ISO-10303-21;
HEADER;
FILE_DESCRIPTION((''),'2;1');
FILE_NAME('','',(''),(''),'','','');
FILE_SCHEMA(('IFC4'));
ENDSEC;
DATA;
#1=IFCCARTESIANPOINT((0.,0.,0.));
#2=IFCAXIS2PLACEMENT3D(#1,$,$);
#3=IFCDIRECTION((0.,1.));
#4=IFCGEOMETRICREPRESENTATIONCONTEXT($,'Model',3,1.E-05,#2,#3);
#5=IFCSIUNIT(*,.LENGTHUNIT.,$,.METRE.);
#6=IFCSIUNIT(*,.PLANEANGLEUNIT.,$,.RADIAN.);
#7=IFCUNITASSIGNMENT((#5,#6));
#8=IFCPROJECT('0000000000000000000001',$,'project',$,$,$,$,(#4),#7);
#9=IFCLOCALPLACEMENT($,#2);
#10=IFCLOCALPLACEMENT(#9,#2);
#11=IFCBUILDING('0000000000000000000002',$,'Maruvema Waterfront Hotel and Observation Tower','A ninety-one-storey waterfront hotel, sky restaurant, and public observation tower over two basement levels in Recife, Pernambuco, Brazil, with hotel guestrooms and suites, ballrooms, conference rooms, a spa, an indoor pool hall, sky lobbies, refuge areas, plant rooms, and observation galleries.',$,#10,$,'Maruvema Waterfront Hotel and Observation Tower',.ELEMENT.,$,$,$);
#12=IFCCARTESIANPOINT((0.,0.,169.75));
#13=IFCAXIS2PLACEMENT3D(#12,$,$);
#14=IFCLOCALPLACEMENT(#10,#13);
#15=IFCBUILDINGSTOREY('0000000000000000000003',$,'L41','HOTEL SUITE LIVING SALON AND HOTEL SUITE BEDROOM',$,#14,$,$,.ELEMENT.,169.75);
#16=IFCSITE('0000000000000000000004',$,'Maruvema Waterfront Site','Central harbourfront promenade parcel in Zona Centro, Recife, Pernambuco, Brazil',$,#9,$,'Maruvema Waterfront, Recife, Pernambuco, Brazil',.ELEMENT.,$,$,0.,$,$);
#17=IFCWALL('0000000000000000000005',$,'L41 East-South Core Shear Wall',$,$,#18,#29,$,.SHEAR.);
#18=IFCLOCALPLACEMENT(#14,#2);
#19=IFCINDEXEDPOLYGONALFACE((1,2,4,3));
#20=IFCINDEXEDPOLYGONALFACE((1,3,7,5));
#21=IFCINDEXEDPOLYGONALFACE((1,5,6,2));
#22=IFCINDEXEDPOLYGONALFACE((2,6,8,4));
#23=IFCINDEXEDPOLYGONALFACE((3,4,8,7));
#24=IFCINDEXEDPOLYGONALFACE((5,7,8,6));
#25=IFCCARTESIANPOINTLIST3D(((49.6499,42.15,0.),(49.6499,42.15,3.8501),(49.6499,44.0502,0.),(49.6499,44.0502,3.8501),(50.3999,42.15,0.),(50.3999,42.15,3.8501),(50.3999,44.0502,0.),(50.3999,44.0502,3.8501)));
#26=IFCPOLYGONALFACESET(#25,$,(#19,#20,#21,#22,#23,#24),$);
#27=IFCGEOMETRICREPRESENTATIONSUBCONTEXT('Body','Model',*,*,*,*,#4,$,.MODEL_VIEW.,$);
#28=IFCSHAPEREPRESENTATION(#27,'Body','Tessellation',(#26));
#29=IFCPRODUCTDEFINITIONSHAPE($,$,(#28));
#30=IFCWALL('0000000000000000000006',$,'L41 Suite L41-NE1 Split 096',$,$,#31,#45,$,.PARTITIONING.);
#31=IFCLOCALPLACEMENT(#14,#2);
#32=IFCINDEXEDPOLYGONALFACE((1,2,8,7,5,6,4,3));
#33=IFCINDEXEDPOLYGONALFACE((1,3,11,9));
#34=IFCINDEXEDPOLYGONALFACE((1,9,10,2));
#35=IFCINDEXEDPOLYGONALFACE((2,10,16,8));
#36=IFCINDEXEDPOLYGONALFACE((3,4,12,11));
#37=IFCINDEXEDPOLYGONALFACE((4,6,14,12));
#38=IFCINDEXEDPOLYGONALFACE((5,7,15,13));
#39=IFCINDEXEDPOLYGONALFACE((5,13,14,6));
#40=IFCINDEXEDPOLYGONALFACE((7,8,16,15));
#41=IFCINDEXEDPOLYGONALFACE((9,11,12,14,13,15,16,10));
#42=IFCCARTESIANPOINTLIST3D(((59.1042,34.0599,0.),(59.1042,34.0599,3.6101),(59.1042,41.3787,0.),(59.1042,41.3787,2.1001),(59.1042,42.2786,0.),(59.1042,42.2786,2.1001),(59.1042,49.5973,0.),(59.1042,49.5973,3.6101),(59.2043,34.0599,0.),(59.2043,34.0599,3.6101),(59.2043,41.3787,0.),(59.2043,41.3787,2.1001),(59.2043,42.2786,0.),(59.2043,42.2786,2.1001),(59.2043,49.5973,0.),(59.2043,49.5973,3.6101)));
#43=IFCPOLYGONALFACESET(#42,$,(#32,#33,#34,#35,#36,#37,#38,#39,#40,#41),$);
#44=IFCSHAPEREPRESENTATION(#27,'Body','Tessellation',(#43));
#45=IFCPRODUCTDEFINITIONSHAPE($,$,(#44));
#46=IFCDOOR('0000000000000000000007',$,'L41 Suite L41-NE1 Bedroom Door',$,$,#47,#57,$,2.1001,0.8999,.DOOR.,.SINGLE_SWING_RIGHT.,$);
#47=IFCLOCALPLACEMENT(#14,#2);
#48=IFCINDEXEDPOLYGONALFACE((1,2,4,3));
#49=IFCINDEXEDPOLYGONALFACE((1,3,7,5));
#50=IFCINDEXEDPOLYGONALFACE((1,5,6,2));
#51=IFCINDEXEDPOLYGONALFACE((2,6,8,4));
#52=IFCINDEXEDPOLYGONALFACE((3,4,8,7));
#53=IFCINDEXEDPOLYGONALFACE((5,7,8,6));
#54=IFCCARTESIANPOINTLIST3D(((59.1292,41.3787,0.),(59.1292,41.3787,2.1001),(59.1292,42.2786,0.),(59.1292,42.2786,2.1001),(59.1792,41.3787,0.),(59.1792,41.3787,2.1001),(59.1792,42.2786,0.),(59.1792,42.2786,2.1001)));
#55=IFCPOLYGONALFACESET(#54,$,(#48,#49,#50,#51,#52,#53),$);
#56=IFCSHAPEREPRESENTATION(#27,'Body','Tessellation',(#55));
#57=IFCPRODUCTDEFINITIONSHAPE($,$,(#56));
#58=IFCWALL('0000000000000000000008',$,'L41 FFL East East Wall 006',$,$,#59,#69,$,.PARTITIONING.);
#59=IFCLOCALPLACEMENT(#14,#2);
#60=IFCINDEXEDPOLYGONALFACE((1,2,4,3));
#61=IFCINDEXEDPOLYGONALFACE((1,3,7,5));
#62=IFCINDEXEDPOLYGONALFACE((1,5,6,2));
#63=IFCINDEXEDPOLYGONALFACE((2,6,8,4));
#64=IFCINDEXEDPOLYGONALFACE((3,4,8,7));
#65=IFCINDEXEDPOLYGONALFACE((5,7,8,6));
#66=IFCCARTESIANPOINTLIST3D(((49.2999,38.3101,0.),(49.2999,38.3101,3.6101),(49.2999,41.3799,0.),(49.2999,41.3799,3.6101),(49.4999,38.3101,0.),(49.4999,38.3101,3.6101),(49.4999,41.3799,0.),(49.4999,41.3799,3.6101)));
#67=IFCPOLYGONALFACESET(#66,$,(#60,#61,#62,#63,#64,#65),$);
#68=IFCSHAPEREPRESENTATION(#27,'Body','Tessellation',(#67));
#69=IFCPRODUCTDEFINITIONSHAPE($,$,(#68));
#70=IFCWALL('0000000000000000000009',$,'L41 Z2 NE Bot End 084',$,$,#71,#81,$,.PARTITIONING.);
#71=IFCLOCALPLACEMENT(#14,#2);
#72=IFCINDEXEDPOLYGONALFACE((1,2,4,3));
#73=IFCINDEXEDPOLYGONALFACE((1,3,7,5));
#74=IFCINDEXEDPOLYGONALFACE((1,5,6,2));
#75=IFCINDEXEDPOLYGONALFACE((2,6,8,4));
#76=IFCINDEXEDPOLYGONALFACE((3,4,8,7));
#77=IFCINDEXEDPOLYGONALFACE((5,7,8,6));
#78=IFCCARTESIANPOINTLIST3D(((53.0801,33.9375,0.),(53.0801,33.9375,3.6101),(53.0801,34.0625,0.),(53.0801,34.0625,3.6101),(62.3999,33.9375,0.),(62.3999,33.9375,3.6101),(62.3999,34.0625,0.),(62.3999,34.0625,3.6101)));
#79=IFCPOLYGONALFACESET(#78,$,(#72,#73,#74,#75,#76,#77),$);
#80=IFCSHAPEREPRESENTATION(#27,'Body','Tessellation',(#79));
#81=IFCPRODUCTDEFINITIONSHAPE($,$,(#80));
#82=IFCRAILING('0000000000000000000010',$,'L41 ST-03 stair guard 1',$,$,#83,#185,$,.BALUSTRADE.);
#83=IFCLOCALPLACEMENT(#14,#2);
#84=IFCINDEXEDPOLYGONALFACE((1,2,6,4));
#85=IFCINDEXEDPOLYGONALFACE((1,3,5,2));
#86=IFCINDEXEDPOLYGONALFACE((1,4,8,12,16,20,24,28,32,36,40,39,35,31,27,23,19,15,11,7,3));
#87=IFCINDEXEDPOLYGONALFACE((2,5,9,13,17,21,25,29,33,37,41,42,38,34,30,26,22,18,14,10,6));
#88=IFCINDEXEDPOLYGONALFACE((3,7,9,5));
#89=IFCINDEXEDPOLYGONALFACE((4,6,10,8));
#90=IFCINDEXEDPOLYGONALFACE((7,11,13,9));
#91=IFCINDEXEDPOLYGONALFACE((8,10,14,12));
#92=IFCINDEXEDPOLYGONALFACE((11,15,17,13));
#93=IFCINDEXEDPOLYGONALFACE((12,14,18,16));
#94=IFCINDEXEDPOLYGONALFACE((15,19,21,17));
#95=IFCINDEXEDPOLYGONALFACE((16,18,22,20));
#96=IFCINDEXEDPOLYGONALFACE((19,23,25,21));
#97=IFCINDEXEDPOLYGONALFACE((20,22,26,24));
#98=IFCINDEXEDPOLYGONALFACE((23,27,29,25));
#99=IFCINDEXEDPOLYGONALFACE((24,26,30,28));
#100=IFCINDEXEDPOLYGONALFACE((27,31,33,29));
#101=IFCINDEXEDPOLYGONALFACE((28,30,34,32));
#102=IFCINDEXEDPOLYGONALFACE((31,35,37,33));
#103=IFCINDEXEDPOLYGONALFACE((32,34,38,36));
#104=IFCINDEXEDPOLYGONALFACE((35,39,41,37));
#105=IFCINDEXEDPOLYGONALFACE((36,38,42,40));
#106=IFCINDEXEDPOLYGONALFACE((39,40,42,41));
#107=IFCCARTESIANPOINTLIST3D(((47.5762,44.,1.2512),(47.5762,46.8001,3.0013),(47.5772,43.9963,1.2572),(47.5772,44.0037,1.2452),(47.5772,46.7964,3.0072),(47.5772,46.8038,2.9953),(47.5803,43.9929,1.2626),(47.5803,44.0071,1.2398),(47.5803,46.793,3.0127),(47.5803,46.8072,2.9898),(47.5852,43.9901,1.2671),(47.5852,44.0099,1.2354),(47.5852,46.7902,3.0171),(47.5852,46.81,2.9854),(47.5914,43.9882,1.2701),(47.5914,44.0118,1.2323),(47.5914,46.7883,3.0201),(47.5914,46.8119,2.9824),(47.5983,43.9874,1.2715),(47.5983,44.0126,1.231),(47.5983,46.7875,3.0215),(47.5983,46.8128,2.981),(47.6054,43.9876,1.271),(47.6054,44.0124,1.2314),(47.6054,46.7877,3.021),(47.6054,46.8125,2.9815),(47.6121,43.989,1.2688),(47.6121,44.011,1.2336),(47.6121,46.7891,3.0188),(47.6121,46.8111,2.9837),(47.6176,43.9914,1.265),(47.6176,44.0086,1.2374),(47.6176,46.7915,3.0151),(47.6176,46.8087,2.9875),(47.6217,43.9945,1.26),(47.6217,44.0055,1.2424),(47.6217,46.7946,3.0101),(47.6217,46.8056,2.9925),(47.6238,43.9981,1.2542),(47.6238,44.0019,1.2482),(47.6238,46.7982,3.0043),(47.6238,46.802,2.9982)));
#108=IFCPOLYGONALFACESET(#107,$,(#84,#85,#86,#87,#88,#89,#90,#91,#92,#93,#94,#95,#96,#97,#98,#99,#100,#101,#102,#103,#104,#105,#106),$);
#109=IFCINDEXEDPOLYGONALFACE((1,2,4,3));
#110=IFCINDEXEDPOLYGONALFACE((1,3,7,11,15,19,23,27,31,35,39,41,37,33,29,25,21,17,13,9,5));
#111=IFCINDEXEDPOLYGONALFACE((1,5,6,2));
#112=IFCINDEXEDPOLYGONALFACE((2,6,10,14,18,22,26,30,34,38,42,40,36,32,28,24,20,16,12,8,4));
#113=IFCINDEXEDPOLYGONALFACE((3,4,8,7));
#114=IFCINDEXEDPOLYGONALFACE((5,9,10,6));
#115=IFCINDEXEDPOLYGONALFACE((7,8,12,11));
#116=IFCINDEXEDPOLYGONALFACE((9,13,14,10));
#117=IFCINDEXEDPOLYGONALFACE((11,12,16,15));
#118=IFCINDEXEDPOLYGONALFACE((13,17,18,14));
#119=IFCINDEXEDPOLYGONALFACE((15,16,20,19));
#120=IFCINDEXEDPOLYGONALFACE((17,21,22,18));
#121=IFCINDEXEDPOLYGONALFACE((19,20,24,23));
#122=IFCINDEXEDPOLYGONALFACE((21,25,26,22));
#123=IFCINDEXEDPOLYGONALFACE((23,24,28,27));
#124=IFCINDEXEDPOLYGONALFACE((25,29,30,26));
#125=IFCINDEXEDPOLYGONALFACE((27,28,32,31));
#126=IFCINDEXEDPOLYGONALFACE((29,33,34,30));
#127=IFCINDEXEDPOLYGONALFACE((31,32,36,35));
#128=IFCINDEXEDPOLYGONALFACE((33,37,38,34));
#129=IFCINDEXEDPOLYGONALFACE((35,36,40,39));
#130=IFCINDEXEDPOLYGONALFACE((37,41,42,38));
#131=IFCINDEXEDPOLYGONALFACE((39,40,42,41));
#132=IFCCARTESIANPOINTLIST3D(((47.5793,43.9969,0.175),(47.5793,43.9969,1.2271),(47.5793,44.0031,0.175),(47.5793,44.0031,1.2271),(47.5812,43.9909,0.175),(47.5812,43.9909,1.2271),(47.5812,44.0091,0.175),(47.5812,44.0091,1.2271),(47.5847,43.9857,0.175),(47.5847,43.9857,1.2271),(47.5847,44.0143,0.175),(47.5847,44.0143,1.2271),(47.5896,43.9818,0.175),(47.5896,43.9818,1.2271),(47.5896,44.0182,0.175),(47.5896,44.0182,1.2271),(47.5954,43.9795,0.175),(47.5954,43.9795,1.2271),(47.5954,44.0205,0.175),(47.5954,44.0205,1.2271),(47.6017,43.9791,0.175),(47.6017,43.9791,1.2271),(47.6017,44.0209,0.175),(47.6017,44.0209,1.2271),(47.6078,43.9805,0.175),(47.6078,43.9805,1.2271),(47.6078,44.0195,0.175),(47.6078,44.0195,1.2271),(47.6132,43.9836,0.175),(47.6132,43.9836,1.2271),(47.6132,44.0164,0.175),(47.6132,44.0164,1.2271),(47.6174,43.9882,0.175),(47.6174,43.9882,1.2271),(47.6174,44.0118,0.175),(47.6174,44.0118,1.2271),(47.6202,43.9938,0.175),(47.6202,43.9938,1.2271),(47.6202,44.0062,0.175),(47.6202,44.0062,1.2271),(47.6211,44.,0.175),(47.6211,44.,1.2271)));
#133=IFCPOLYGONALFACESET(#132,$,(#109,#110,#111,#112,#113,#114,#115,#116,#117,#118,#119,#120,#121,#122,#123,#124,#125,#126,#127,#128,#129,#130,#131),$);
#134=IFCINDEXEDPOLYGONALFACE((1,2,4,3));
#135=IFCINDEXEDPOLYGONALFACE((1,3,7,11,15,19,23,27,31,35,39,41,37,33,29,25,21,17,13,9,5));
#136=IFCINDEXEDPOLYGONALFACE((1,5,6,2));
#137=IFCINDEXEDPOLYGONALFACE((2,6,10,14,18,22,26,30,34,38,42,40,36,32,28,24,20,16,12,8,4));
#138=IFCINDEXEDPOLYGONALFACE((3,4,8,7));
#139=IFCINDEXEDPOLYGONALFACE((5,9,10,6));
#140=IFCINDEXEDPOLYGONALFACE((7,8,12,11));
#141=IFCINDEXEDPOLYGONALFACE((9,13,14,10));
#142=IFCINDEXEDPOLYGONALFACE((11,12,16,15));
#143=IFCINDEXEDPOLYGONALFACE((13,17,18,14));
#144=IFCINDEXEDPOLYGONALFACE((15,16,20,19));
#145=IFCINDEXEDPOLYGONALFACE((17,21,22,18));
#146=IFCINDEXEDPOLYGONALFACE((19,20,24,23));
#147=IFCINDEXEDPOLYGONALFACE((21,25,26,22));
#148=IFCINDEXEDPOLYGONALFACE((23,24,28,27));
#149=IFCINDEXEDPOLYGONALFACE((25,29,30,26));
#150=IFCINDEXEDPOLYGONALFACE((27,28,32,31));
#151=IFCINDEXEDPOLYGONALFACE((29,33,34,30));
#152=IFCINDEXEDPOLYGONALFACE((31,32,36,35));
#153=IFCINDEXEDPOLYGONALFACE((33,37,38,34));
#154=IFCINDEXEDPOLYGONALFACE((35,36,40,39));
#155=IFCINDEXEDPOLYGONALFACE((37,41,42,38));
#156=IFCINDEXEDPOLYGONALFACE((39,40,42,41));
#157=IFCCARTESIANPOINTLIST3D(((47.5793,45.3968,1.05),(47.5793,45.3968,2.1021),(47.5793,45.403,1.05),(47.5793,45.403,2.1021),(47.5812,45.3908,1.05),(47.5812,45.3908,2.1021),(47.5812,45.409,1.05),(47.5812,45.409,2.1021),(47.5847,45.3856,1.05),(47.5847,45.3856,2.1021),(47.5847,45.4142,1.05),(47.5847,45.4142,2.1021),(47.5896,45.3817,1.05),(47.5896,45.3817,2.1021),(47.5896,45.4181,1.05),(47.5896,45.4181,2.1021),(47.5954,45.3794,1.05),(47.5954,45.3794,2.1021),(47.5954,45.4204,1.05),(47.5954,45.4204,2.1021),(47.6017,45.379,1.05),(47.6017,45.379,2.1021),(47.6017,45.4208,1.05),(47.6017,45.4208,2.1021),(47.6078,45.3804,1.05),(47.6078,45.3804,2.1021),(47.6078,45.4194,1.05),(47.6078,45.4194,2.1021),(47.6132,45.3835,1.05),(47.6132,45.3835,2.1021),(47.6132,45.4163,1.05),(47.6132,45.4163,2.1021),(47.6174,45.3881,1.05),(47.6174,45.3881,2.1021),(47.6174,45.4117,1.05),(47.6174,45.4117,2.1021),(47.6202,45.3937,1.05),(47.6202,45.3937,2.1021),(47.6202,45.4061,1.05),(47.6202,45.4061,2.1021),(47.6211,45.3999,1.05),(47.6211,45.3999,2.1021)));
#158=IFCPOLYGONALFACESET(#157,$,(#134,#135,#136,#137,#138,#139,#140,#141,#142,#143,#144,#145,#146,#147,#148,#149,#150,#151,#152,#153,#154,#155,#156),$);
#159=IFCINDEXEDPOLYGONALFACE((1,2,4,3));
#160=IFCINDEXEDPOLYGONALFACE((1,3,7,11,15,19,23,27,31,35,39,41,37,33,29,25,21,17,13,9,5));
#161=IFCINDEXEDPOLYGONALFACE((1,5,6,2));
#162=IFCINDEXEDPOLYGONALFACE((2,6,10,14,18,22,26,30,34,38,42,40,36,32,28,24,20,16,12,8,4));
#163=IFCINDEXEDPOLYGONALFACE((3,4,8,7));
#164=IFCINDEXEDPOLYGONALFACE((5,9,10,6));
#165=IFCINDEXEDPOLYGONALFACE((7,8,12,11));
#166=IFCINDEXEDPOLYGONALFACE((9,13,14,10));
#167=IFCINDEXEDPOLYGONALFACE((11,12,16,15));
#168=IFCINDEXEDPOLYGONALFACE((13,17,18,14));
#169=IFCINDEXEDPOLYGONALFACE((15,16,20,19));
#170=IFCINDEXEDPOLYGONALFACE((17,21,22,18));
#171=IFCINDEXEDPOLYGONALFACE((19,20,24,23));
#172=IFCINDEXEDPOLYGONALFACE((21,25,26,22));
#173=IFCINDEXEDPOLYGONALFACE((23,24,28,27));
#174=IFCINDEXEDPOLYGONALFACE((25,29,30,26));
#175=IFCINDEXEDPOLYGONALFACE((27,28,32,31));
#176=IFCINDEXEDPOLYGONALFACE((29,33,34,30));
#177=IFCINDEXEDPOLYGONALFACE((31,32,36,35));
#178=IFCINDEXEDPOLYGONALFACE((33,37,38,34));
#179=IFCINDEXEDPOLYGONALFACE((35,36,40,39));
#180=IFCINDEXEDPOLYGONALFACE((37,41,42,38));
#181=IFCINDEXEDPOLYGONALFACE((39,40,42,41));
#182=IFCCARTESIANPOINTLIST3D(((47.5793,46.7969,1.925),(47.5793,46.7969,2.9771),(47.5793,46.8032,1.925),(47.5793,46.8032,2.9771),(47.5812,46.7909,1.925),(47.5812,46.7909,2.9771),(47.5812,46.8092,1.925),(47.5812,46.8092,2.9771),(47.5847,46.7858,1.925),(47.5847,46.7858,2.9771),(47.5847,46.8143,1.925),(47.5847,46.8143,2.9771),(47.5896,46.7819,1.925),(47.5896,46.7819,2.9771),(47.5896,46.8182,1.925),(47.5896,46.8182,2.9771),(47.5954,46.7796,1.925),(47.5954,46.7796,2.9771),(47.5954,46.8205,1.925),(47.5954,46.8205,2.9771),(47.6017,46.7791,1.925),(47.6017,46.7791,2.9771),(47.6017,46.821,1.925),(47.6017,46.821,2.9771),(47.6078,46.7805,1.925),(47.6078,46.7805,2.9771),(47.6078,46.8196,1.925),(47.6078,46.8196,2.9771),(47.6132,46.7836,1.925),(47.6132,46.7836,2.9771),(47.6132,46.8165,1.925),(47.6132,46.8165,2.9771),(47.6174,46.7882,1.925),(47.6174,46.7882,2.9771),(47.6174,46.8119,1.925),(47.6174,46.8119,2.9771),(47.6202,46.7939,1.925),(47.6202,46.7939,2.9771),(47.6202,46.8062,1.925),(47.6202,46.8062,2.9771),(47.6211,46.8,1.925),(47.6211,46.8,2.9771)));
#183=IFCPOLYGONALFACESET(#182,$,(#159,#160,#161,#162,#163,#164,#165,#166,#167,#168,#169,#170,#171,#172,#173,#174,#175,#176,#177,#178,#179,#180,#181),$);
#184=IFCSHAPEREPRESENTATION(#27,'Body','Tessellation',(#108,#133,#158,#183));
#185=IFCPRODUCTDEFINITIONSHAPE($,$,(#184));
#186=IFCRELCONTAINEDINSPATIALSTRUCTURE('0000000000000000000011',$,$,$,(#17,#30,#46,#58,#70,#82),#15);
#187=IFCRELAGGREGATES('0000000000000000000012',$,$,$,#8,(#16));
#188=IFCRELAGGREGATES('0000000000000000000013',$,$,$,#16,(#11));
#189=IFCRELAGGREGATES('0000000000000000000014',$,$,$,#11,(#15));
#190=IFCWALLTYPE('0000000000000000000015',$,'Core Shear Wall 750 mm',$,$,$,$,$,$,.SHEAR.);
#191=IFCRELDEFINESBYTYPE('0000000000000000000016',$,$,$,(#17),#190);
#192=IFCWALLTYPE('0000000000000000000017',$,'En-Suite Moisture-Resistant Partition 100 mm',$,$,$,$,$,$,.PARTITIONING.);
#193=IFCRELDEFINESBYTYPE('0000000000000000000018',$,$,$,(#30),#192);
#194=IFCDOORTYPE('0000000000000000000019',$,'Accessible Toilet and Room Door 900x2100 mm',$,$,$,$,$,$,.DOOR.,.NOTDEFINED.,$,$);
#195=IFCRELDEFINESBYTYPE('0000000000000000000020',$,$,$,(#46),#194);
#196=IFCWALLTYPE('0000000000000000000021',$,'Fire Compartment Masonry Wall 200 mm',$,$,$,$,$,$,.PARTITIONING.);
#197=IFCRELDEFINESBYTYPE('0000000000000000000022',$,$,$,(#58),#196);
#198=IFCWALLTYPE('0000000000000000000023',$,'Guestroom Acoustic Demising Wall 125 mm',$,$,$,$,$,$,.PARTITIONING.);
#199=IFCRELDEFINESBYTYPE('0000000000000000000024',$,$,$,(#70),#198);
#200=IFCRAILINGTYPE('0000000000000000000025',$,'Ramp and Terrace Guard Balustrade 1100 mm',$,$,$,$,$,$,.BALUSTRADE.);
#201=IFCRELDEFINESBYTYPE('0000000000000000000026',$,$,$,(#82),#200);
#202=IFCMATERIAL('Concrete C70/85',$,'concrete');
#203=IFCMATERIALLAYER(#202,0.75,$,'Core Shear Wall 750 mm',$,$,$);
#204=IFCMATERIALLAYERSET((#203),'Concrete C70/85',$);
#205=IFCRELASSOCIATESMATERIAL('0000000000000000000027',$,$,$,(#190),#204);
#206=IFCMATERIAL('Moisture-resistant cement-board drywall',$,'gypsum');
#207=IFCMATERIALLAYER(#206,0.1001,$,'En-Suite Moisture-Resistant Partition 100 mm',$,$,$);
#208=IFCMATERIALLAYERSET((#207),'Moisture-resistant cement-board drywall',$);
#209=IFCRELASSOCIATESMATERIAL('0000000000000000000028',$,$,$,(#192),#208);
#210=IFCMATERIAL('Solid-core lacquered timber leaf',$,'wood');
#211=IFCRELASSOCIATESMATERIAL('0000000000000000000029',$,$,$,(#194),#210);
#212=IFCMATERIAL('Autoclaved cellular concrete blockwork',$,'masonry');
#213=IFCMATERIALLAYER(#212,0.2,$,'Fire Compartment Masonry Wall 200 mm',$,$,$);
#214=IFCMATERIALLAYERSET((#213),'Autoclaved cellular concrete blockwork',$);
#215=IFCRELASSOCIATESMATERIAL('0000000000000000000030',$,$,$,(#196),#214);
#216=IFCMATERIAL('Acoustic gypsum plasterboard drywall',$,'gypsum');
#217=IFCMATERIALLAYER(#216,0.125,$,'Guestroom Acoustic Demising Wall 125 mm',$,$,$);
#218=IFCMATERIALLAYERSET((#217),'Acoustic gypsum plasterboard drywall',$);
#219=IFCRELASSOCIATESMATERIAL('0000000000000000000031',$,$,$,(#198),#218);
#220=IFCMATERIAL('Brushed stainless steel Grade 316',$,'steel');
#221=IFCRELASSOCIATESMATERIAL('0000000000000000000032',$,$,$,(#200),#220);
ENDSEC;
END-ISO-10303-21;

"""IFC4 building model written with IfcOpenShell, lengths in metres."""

from ifc_helpers import new_model, si_unit, direction, frame, frame_2d, origin, origin_2d, place, context, subcontext, project, spatial, rectangle, circle, extrude, material, layer, layer_set, type_object, element, fill, save


model = new_model("IFC4")

# Units and contexts
model_context = context("Model", 3, precision=1e-05, world=origin(), true_north=direction((0.0, 1.0)))
body_context = subcontext(model_context, "Body", "Model", "MODEL_VIEW")
ifc_project = project(units=[si_unit("LENGTHUNIT", "METRE"), si_unit("PLANEANGLEUNIT", "RADIAN")], contexts=[model_context])

# Site, building, storey
site_placement = place(None, origin())
site = spatial("IfcSite", under=ifc_project, at=site_placement, Name="Maruvema Waterfront Site", Description="Central harbourfront promenade parcel in Zona Centro, Recife, Pernambuco, Brazil", LongName="Maruvema Waterfront, Recife, Pernambuco, Brazil", CompositionType="ELEMENT", RefElevation=0.0)
building_placement = place(site_placement, origin())
building = spatial("IfcBuilding", under=site, at=building_placement, Name="Maruvema Waterfront Hotel and Observation Tower", Description="A ninety-one-storey waterfront hotel, sky restaurant, and public observation tower over two basement levels in Recife, Pernambuco, Brazil, with hotel guestrooms and suites, ballrooms, conference rooms, a spa, an indoor pool hall, sky lobbies, refuge areas, plant rooms, and observation galleries.", LongName="Maruvema Waterfront Hotel and Observation Tower", CompositionType="ELEMENT")
storey_placement = place(building_placement, frame((0.0, 0.0, 169.75)))
storey = spatial("IfcBuildingStorey", under=building, at=storey_placement, Name="L41", Description="HOTEL SUITE LIVING SALON AND HOTEL SUITE BEDROOM", CompositionType="ELEMENT", Elevation=169.75)

# Wall
ifc_material_1 = material(Name="Concrete C70/85", Category="concrete")
ifc_layer_1 = layer(ifc_material_1, 0.75, Name="Core Shear Wall 750 mm")
ifc_layer_set_1 = layer_set([ifc_layer_1], Name="Concrete C70/85")
wall_type_1 = type_object("IfcWallType", Name="Core Shear Wall 750 mm", PredefinedType="SHEAR", material=ifc_layer_set_1)
wall_1_placement = place(storey_placement, frame((50.0249, 42.1499, 0.0), z_axis=(0.0, 0.0, 1.0), x_axis=(0.0, 1.0, 0.0)))
element("IfcWall", 1, at=wall_1_placement, inside=storey, type_object=wall_type_1, Name="L41 East-South Core Shear Wall", PredefinedType="SHEAR", context=body_context, shape_type="SweptSolid", body=[
    extrude(rectangle(XDim=1.9001, YDim=0.75, at=frame_2d((0.9502, 0.0))), origin(), (0.0, 0.0, 1.0), 3.8501),
])

# Wall, opening, door
ifc_material_2 = material(Name="Moisture-resistant cement-board drywall", Category="gypsum")
ifc_layer_2 = layer(ifc_material_2, 0.1001, Name="En-Suite Moisture-Resistant Partition 100 mm")
ifc_layer_set_2 = layer_set([ifc_layer_2], Name="Moisture-resistant cement-board drywall")
wall_type_2 = type_object("IfcWallType", Name="En-Suite Moisture-Resistant Partition 100 mm", PredefinedType="PARTITIONING", material=ifc_layer_set_2)
wall_2_placement = place(storey_placement, frame((59.1543, 34.0601, 0.0), z_axis=(0.0, 0.0, 1.0), x_axis=(0.0, 1.0, 0.0)))
wall_2 = element("IfcWall", 2, at=wall_2_placement, inside=storey, type_object=wall_type_2, Name="L41 Suite L41-NE1 Split 096", PredefinedType="PARTITIONING", context=body_context, shape_type="SweptSolid", body=[
    extrude(rectangle(XDim=15.5374, YDim=0.1001, at=frame_2d((7.7686, 0.0))), origin(), (0.0, 0.0, 1.0), 3.6101),
])
opening_1_placement = place(wall_2_placement, frame((7.3186, 0.0, 0.0)))
opening_1 = element("IfcOpeningElement", 3, at=opening_1_placement, cuts=wall_2, PredefinedType="OPENING", context=body_context, shape_type="SweptSolid", body=[
    extrude(rectangle(XDim=0.8999, YDim=2.1001, at=frame_2d((0.45, 1.05))), frame((0.0, 0.0601, 0.0), z_axis=(0.0, -1.0, 0.0), x_axis=(1.0, 0.0, 0.0)), (0.0, 0.0, 1.0), 0.1201),
])
ifc_material_3 = material(Name="Solid-core lacquered timber leaf", Category="wood")
door_type_1 = type_object("IfcDoorType", Name="Accessible Toilet and Room Door 900x2100 mm", OperationType="NOTDEFINED", PredefinedType="DOOR", material=ifc_material_3)
door_1_placement = place(opening_1_placement, frame((0.8999, 0.0, 0.0), z_axis=(0.0, 0.0, 1.0), x_axis=(-1.0, 0.0, 0.0)))
door_1 = element("IfcDoor", 4, at=door_1_placement, inside=storey, type_object=door_type_1, Name="L41 Suite L41-NE1 Bedroom Door", OperationType="SINGLE_SWING_RIGHT", OverallHeight=2.1001, OverallWidth=0.8999, PredefinedType="DOOR", context=body_context, shape_type="SweptSolid", body=[
    extrude(rectangle(XDim=0.8999, YDim=2.1001, at=frame_2d((0.45, 1.05))), frame((0.0, 0.0249, 0.0), z_axis=(0.0, -1.0, 0.0), x_axis=(1.0, 0.0, 0.0)), (0.0, 0.0, 1.0), 0.05),
])
fill(opening_1, door_1)

# Walls
ifc_material_4 = material(Name="Autoclaved cellular concrete blockwork", Category="masonry")
ifc_layer_3 = layer(ifc_material_4, 0.2, Name="Fire Compartment Masonry Wall 200 mm")
ifc_layer_set_3 = layer_set([ifc_layer_3], Name="Autoclaved cellular concrete blockwork")
wall_type_3 = type_object("IfcWallType", Name="Fire Compartment Masonry Wall 200 mm", PredefinedType="PARTITIONING", material=ifc_layer_set_3)
wall_3_placement = place(storey_placement, frame((49.3999, 38.3101, 0.0), z_axis=(0.0, 0.0, 1.0), x_axis=(0.0, 1.0, 0.0)))
element("IfcWall", 5, at=wall_3_placement, inside=storey, type_object=wall_type_3, Name="L41 FFL East East Wall 006", PredefinedType="PARTITIONING", context=body_context, shape_type="SweptSolid", body=[
    extrude(rectangle(XDim=3.0698, YDim=0.2, at=frame_2d((1.5349, 0.0))), origin(), (0.0, 0.0, 1.0), 3.6101),
])
ifc_material_5 = material(Name="Acoustic gypsum plasterboard drywall", Category="gypsum")
ifc_layer_4 = layer(ifc_material_5, 0.125, Name="Guestroom Acoustic Demising Wall 125 mm")
ifc_layer_set_4 = layer_set([ifc_layer_4], Name="Acoustic gypsum plasterboard drywall")
wall_type_4 = type_object("IfcWallType", Name="Guestroom Acoustic Demising Wall 125 mm", PredefinedType="PARTITIONING", material=ifc_layer_set_4)
wall_4_placement = place(storey_placement, frame((53.0801, 34.0, 0.0), z_axis=(0.0, 0.0, 1.0), x_axis=(1.0, 0.0, 0.0)))
element("IfcWall", 6, at=wall_4_placement, inside=storey, type_object=wall_type_4, Name="L41 Z2 NE Bot End 084", PredefinedType="PARTITIONING", context=body_context, shape_type="SweptSolid", body=[
    extrude(rectangle(XDim=9.3198, YDim=0.125, at=frame_2d((4.6599, 0.0))), origin(), (0.0, 0.0, 1.0), 3.6101),
])

# Railing
ifc_material_6 = material(Name="Brushed stainless steel Grade 316", Category="steel")
railing_type = type_object("IfcRailingType", Name="Ramp and Terrace Guard Balustrade 1100 mm", PredefinedType="BALUSTRADE", material=ifc_material_6)
railing_1_placement = place(storey_placement, frame((47.6001, 44.0, 0.175)))
element("IfcRailing", 7, at=railing_1_placement, inside=storey, type_object=railing_type, Name="L41 ST-03 stair guard 1", PredefinedType="BALUSTRADE", context=body_context, shape_type="SweptSolid", body=[
    extrude(circle(Radius=0.0239, at=origin_2d()), frame((0.0, 0.0, 1.0762), z_axis=(0.0, 0.848002, 0.529992), x_axis=(-1.0, 0.0, 0.0)), (0.0, 0.0, 1.0), 3.302),
    extrude(circle(Radius=0.021, at=origin_2d()), origin(), (0.0, 0.0, 1.0), 1.052),
    extrude(circle(Radius=0.021, at=origin_2d()), frame((0.0, 1.3999, 0.875)), (0.0, 0.0, 1.0), 1.052),
    extrude(circle(Radius=0.021, at=origin_2d()), frame((0.0, 2.8, 1.75)), (0.0, 0.0, 1.0), 1.052),
])

save(model, "model.ifc")
